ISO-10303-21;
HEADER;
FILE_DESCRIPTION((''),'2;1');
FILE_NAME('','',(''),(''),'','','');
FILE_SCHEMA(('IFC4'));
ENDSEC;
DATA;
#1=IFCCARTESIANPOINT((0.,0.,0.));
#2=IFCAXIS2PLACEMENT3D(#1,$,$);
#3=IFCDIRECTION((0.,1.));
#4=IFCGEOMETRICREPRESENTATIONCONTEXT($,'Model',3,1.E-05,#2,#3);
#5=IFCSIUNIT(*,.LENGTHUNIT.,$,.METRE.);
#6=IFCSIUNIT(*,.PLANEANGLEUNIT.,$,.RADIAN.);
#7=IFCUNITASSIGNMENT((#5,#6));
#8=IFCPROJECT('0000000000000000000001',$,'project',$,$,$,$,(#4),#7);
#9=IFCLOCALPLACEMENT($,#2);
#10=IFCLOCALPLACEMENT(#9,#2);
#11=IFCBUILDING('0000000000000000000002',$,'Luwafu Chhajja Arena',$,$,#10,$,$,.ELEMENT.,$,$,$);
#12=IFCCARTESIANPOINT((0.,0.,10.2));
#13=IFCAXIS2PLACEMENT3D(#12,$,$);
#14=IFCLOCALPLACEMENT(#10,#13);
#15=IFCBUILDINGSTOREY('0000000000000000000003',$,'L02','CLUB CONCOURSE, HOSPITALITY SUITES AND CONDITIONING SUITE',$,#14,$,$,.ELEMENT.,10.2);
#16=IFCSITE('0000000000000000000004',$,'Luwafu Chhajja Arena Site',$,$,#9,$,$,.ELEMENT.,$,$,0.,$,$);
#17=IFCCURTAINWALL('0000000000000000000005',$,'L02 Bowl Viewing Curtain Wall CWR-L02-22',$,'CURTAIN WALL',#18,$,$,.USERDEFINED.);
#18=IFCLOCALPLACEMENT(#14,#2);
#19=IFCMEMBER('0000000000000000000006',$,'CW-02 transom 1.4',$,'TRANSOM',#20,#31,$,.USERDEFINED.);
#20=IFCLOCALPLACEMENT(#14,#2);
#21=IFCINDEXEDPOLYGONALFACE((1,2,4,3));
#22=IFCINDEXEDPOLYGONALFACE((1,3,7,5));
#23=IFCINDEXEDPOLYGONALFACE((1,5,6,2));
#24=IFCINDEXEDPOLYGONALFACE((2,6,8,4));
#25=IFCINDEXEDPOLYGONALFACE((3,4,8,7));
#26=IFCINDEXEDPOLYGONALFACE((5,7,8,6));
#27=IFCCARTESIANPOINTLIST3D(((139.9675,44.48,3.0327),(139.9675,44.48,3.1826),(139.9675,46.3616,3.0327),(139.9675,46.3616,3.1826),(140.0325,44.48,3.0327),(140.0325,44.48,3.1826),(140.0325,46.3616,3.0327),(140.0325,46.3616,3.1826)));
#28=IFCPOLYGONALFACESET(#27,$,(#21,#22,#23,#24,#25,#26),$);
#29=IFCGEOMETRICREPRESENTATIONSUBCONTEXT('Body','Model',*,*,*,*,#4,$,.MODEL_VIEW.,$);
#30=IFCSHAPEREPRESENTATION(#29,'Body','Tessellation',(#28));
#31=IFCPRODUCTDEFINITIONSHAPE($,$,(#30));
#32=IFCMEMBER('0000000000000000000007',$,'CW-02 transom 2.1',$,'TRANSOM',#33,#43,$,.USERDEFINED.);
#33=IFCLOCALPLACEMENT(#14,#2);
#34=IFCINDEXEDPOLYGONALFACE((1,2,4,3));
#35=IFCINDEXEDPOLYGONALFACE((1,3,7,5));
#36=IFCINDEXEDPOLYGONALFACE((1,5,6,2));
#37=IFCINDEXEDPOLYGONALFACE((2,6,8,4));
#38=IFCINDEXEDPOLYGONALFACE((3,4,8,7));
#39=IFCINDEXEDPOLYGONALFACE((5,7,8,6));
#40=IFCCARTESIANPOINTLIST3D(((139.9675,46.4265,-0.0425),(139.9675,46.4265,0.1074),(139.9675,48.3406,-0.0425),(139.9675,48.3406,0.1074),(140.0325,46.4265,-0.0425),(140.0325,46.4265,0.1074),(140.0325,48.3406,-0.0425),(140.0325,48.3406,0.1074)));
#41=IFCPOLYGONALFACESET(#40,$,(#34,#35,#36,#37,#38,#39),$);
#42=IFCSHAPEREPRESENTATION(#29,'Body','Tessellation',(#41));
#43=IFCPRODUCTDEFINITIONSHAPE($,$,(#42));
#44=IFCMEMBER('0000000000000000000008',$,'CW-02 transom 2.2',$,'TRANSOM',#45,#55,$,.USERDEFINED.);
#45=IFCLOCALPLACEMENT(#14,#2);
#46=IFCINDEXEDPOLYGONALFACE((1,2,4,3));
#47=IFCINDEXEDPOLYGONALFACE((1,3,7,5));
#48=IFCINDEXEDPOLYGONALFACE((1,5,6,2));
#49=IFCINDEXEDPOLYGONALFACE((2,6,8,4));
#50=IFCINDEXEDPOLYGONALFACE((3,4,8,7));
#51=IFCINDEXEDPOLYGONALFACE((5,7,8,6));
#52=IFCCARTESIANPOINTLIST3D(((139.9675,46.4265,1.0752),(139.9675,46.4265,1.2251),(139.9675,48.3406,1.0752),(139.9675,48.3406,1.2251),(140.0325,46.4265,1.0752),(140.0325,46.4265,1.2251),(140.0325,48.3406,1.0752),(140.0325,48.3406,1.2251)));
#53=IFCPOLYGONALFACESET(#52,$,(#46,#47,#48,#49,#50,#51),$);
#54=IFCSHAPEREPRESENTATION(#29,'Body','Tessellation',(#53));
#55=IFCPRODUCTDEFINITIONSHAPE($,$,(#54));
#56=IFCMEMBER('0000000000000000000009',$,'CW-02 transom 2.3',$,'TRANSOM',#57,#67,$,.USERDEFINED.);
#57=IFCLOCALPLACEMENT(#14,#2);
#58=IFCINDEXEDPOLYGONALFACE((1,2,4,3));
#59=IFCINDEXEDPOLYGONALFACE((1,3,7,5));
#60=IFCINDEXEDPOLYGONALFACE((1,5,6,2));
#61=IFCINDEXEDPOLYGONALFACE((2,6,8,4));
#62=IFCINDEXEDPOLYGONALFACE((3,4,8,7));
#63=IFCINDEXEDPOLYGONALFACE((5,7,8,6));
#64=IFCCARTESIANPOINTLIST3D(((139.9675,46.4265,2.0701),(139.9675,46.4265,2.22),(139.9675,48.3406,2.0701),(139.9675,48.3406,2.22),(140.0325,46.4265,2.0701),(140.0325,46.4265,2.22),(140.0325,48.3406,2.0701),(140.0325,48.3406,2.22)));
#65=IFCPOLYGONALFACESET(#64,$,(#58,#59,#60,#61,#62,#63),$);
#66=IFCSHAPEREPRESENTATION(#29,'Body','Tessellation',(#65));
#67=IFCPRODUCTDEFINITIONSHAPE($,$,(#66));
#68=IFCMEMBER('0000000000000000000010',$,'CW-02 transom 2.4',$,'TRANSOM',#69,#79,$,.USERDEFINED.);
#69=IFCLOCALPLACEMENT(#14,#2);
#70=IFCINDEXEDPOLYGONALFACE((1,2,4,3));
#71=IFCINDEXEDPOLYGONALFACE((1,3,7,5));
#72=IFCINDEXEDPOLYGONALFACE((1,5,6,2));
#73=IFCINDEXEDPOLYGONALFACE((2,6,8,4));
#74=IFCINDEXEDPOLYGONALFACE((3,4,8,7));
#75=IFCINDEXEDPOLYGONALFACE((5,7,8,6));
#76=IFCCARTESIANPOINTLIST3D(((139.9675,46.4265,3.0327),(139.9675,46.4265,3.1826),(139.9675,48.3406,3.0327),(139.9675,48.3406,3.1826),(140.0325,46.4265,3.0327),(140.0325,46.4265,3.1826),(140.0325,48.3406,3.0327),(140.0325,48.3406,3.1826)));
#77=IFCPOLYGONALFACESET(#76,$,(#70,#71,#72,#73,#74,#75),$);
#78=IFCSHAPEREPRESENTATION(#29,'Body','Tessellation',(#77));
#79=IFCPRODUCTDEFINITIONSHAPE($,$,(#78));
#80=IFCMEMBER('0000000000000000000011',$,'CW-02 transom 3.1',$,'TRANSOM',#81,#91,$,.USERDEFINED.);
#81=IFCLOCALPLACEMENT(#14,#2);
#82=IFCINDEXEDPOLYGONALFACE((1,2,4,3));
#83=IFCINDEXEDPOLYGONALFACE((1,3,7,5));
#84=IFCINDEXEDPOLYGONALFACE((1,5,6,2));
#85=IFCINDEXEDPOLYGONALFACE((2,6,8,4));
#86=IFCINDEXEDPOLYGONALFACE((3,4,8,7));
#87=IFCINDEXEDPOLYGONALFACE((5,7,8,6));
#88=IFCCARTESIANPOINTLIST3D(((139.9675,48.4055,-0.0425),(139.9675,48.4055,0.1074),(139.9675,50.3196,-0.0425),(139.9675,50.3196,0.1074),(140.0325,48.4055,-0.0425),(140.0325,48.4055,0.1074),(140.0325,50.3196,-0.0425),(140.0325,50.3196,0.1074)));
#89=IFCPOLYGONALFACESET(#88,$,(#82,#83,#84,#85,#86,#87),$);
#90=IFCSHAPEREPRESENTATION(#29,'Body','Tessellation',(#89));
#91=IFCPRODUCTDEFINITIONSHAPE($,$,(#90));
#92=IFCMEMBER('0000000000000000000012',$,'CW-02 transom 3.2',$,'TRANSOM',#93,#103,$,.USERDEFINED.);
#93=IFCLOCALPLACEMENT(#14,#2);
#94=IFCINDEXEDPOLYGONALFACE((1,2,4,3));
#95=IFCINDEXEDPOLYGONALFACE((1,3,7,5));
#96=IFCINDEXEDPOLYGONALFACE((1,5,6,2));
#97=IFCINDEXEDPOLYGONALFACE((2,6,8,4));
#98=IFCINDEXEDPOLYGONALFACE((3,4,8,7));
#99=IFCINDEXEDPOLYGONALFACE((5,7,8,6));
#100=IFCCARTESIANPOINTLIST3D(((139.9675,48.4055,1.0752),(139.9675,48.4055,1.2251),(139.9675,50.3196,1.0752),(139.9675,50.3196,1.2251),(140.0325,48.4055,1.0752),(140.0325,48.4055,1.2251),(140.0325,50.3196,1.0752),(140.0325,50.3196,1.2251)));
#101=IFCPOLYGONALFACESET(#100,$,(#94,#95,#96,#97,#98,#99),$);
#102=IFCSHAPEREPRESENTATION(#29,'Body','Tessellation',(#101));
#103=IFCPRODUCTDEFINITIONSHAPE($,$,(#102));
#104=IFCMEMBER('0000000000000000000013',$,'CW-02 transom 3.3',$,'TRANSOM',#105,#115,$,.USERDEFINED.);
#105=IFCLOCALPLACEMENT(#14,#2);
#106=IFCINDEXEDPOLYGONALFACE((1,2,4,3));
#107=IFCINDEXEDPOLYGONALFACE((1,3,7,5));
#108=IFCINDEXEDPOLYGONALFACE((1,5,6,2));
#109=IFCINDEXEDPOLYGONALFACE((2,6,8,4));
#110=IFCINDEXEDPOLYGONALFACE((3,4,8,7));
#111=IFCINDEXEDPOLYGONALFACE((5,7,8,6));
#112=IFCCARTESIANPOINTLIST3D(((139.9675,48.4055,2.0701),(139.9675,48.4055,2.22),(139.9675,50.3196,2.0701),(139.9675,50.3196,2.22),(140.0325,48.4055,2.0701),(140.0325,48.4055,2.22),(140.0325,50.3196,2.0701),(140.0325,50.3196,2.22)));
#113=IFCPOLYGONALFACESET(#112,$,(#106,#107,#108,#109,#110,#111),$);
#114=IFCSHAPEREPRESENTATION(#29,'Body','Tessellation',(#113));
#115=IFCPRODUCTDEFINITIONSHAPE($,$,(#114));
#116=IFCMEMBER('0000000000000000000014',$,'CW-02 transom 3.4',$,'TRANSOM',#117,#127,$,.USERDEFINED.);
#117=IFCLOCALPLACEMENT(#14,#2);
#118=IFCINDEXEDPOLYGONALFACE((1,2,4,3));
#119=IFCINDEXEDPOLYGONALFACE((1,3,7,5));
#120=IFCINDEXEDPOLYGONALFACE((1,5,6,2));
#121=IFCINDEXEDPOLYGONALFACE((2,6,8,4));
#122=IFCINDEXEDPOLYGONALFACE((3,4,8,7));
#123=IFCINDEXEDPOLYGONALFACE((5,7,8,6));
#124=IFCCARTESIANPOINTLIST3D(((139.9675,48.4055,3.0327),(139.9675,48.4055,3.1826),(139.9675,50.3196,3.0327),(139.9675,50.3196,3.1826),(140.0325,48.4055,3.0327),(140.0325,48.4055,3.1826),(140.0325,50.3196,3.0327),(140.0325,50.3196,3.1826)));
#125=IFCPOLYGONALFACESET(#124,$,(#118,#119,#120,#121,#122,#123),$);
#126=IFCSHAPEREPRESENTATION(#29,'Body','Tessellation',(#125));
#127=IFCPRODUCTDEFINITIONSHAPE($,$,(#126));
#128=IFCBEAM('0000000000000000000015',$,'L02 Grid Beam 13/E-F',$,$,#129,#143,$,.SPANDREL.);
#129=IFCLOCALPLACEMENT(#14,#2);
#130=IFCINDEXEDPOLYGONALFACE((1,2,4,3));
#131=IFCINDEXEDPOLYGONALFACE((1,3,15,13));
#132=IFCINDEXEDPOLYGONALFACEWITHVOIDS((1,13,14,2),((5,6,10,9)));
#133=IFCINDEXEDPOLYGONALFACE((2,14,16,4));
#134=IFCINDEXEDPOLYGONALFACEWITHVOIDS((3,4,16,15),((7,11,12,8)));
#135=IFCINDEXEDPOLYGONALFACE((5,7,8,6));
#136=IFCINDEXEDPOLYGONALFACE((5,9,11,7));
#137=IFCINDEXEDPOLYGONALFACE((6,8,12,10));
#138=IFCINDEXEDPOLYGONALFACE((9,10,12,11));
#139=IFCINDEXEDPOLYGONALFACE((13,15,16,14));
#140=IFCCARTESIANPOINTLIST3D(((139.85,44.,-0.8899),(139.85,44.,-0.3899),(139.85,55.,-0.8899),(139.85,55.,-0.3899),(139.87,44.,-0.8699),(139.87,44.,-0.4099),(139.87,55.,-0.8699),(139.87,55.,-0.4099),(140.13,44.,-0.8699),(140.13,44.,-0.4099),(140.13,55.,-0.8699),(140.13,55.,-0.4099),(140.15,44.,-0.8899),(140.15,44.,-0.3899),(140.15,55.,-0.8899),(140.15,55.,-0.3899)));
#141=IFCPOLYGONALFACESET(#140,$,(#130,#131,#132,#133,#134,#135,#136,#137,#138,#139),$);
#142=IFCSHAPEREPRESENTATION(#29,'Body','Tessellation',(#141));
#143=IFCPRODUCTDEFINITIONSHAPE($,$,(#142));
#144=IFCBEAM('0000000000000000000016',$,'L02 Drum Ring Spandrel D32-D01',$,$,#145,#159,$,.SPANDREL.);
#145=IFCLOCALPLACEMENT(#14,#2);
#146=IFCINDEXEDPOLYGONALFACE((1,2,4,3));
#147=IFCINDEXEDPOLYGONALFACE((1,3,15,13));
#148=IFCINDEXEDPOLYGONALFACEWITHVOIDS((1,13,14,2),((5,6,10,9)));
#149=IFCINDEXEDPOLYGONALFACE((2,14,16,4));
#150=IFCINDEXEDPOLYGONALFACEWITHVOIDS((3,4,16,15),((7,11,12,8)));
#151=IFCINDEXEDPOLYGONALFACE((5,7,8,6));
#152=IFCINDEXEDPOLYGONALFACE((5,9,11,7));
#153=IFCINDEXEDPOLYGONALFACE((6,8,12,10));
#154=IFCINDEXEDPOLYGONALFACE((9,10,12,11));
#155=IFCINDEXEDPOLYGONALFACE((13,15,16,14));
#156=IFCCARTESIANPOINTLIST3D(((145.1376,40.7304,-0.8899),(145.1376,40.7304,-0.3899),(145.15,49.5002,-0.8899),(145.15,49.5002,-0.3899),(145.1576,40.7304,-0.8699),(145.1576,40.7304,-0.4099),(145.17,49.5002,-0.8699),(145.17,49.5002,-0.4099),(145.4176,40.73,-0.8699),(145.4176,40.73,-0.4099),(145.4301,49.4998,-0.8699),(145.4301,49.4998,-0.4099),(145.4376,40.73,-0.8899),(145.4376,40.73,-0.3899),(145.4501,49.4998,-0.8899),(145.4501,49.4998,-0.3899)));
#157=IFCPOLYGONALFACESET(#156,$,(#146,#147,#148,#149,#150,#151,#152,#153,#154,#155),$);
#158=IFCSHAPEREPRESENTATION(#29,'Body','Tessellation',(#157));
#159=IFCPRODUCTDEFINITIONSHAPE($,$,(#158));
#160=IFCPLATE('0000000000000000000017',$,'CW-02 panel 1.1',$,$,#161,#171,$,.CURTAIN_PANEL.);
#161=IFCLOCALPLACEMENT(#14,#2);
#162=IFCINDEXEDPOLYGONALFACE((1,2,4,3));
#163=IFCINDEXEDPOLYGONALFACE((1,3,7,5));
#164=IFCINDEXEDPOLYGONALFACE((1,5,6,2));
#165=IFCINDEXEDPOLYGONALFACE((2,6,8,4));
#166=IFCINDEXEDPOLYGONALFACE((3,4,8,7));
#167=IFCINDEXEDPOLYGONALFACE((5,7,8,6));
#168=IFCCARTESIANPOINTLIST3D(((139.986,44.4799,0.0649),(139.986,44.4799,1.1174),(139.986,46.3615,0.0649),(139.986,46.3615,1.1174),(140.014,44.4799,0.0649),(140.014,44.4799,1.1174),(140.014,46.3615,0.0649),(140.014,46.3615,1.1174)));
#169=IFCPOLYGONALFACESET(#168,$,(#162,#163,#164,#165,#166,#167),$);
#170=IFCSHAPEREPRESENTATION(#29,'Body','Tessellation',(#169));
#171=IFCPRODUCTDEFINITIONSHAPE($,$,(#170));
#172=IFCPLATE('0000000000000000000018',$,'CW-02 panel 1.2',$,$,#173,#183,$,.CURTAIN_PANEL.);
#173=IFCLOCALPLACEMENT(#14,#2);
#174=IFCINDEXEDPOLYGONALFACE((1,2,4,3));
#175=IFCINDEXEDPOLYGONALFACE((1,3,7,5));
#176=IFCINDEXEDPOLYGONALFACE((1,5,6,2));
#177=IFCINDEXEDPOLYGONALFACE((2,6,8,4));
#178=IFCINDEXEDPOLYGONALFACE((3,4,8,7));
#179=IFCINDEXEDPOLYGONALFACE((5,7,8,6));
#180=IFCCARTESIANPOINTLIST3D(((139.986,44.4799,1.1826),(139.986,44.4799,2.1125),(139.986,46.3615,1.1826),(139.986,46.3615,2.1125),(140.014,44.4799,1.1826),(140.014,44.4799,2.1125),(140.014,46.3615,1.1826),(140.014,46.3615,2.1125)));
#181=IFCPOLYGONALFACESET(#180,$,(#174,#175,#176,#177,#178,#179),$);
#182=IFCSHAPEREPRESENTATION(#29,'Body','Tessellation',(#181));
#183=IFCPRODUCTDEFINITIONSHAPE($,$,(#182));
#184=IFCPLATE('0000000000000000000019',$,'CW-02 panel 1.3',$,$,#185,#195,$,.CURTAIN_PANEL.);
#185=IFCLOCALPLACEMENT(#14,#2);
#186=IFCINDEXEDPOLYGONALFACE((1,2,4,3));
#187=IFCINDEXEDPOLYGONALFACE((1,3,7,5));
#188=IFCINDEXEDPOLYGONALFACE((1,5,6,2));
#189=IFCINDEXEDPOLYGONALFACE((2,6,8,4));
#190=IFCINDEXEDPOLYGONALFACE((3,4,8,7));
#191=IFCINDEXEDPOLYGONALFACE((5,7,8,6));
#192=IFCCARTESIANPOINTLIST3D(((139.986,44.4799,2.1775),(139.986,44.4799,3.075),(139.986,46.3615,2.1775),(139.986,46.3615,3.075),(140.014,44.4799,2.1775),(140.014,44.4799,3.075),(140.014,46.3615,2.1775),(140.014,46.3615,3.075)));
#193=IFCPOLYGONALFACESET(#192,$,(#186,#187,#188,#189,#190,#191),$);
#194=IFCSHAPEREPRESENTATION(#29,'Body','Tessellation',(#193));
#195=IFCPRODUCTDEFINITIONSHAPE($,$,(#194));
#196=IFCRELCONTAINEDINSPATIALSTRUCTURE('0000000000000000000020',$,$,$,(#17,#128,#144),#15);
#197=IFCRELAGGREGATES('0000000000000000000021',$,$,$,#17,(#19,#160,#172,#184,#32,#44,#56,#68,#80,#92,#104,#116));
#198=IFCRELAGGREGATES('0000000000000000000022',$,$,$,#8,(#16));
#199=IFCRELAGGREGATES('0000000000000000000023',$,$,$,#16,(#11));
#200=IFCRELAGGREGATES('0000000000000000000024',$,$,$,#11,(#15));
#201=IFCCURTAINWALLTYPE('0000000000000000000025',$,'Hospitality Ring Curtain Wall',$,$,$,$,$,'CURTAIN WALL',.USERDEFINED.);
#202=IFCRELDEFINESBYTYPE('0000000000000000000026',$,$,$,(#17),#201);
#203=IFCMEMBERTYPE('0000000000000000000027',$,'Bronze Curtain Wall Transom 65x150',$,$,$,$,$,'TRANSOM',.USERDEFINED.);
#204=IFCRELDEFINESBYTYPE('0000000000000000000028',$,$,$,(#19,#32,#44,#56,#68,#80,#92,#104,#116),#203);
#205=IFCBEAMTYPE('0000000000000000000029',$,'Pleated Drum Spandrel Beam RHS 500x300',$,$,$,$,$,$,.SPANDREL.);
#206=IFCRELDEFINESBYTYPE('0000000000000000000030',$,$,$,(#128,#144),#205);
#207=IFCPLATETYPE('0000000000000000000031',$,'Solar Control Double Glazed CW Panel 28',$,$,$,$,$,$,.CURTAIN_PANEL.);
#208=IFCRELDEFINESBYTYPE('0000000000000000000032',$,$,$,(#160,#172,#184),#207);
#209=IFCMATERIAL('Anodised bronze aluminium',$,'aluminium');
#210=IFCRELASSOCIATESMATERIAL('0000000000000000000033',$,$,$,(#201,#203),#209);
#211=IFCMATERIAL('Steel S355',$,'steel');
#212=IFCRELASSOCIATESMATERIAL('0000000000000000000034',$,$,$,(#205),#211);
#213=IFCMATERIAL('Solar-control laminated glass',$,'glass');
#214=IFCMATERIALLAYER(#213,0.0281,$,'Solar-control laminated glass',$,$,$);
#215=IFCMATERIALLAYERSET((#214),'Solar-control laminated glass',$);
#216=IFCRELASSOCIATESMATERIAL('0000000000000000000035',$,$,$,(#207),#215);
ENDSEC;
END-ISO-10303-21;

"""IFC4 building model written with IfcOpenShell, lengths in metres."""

from ifc_helpers import new_model, si_unit, direction, frame, origin, origin_2d, place, context, subcontext, project, spatial, rectangle, hollow_rectangle, extrude, material, layer, layer_set, material_profile, profile_set, type_object, element, aggregate, save


model = new_model("IFC4")

# Units and contexts
model_context = context("Model", 3, precision=1e-05, world=origin(), true_north=direction((0.0, 1.0)))
body_context = subcontext(model_context, "Body", "Model", "MODEL_VIEW")
ifc_project = project(units=[si_unit("LENGTHUNIT", "METRE"), si_unit("PLANEANGLEUNIT", "RADIAN")], contexts=[model_context])

# Site, building, storey
site_placement = place(None, origin())
site = spatial("IfcSite", under=ifc_project, at=site_placement, Name="Luwafu Chhajja Arena Site", CompositionType="ELEMENT", RefElevation=0.0)
building_placement = place(site_placement, origin())
building = spatial("IfcBuilding", under=site, at=building_placement, Name="Luwafu Chhajja Arena", CompositionType="ELEMENT")
storey_placement = place(building_placement, frame((0.0, 0.0, 10.2)))
storey = spatial("IfcBuildingStorey", under=building, at=storey_placement, Name="L02", Description="CLUB CONCOURSE, HOSPITALITY SUITES AND CONDITIONING SUITE", CompositionType="ELEMENT", Elevation=10.2)

# Shared definitions
ifc_material_1 = material(Name="Steel S355", Category="steel")

# Curtain wall, members
ifc_material_2 = material(Name="Anodised bronze aluminium", Category="aluminium")
curtain_wall_type = type_object("IfcCurtainWallType", Name="Hospitality Ring Curtain Wall", ElementType="CURTAIN WALL", PredefinedType="USERDEFINED", material=ifc_material_2)
curtain_wall_placement = place(storey_placement, origin())
curtain_wall = element("IfcCurtainWall", 1, at=curtain_wall_placement, inside=storey, type_object=curtain_wall_type, Name="L02 Bowl Viewing Curtain Wall CWR-L02-22", ObjectType="CURTAIN WALL", PredefinedType="USERDEFINED")
ifc_material_profile_1 = material_profile(ifc_material_2, rectangle(XDim=0.0649, YDim=0.1499, at=origin_2d()), Name="CWT 65x150")
ifc_profile_set_1 = profile_set([ifc_material_profile_1], Name="Anodised bronze aluminium")
member_type_1 = type_object("IfcMemberType", Name="Bronze Curtain Wall Transom 65x150", ElementType="TRANSOM", PredefinedType="USERDEFINED", material=ifc_profile_set_1)
member_1_placement = place(storey_placement, frame((140.0, 44.48, 3.1077), z_axis=(0.0, 1.0, 0.0), x_axis=(-1.0, 0.0, 0.0)))
member_1 = element("IfcMember", 2, at=member_1_placement, type_object=member_type_1, Name="CW-02 transom 1.4", ObjectType="TRANSOM", PredefinedType="USERDEFINED", context=body_context, shape_type="SweptSolid", body=[
    extrude(rectangle(XDim=0.0649, YDim=0.1499, at=origin_2d()), origin(), (0.0, 0.0, 1.0), 1.8816),
])
member_2_placement = place(storey_placement, frame((140.0, 46.4265, 0.0325), z_axis=(0.0, 1.0, 0.0), x_axis=(-1.0, 0.0, 0.0)))
member_2 = element("IfcMember", 3, at=member_2_placement, type_object=member_type_1, Name="CW-02 transom 2.1", ObjectType="TRANSOM", PredefinedType="USERDEFINED", context=body_context, shape_type="SweptSolid", body=[
    extrude(rectangle(XDim=0.0649, YDim=0.1499, at=origin_2d()), origin(), (0.0, 0.0, 1.0), 1.9141),
])
member_3_placement = place(storey_placement, frame((140.0, 46.4265, 1.1501), z_axis=(0.0, 1.0, 0.0), x_axis=(-1.0, 0.0, 0.0)))
member_3 = element("IfcMember", 4, at=member_3_placement, type_object=member_type_1, Name="CW-02 transom 2.2", ObjectType="TRANSOM", PredefinedType="USERDEFINED", context=body_context, shape_type="SweptSolid", body=[
    extrude(rectangle(XDim=0.0649, YDim=0.1499, at=origin_2d()), origin(), (0.0, 0.0, 1.0), 1.9141),
])
member_4_placement = place(storey_placement, frame((140.0, 46.4265, 2.145), z_axis=(0.0, 1.0, 0.0), x_axis=(-1.0, 0.0, 0.0)))
member_4 = element("IfcMember", 5, at=member_4_placement, type_object=member_type_1, Name="CW-02 transom 2.3", ObjectType="TRANSOM", PredefinedType="USERDEFINED", context=body_context, shape_type="SweptSolid", body=[
    extrude(rectangle(XDim=0.0649, YDim=0.1499, at=origin_2d()), origin(), (0.0, 0.0, 1.0), 1.9141),
])
member_5_placement = place(storey_placement, frame((140.0, 46.4265, 3.1077), z_axis=(0.0, 1.0, 0.0), x_axis=(-1.0, 0.0, 0.0)))
member_5 = element("IfcMember", 6, at=member_5_placement, type_object=member_type_1, Name="CW-02 transom 2.4", ObjectType="TRANSOM", PredefinedType="USERDEFINED", context=body_context, shape_type="SweptSolid", body=[
    extrude(rectangle(XDim=0.0649, YDim=0.1499, at=origin_2d()), origin(), (0.0, 0.0, 1.0), 1.9141),
])
member_6_placement = place(storey_placement, frame((140.0, 48.4055, 0.0325), z_axis=(0.0, 1.0, 0.0), x_axis=(-1.0, 0.0, 0.0)))
member_6 = element("IfcMember", 7, at=member_6_placement, type_object=member_type_1, Name="CW-02 transom 3.1", ObjectType="TRANSOM", PredefinedType="USERDEFINED", context=body_context, shape_type="SweptSolid", body=[
    extrude(rectangle(XDim=0.0649, YDim=0.1499, at=origin_2d()), origin(), (0.0, 0.0, 1.0), 1.9141),
])
member_7_placement = place(storey_placement, frame((140.0, 48.4055, 1.1501), z_axis=(0.0, 1.0, 0.0), x_axis=(-1.0, 0.0, 0.0)))
member_7 = element("IfcMember", 8, at=member_7_placement, type_object=member_type_1, Name="CW-02 transom 3.2", ObjectType="TRANSOM", PredefinedType="USERDEFINED", context=body_context, shape_type="SweptSolid", body=[
    extrude(rectangle(XDim=0.0649, YDim=0.1499, at=origin_2d()), origin(), (0.0, 0.0, 1.0), 1.9141),
])
member_8_placement = place(storey_placement, frame((140.0, 48.4055, 2.145), z_axis=(0.0, 1.0, 0.0), x_axis=(-1.0, 0.0, 0.0)))
member_8 = element("IfcMember", 9, at=member_8_placement, type_object=member_type_1, Name="CW-02 transom 3.3", ObjectType="TRANSOM", PredefinedType="USERDEFINED", context=body_context, shape_type="SweptSolid", body=[
    extrude(rectangle(XDim=0.0649, YDim=0.1499, at=origin_2d()), origin(), (0.0, 0.0, 1.0), 1.9141),
])
member_9_placement = place(storey_placement, frame((140.0, 48.4055, 3.1077), z_axis=(0.0, 1.0, 0.0), x_axis=(-1.0, 0.0, 0.0)))
member_9 = element("IfcMember", 10, at=member_9_placement, type_object=member_type_1, Name="CW-02 transom 3.4", ObjectType="TRANSOM", PredefinedType="USERDEFINED", context=body_context, shape_type="SweptSolid", body=[
    extrude(rectangle(XDim=0.0649, YDim=0.1499, at=origin_2d()), origin(), (0.0, 0.0, 1.0), 1.9141),
])

# Beams
ifc_material_profile_2 = material_profile(ifc_material_1, hollow_rectangle(XDim=0.3, YDim=0.5, WallThickness=0.02, at=origin_2d()), Name="RHS 500x300x20")
ifc_profile_set_2 = profile_set([ifc_material_profile_2], Name="Steel S355")
beam_type = type_object("IfcBeamType", Name="Pleated Drum Spandrel Beam RHS 500x300", PredefinedType="SPANDREL", material=ifc_profile_set_2)
beam_1_placement = place(storey_placement, frame((140.0, 44.0, -0.6399), z_axis=(0.0, 1.0, 0.0), x_axis=(-1.0, 0.0, 0.0)))
element("IfcBeam", 11, at=beam_1_placement, inside=storey, type_object=beam_type, Name="L02 Grid Beam 13/E-F", PredefinedType="SPANDREL", context=body_context, shape_type="SweptSolid", body=[
    extrude(hollow_rectangle(XDim=0.3, YDim=0.5, WallThickness=0.02, at=origin_2d()), origin(), (0.0, 0.0, 1.0), 11.0),
])
beam_2_placement = place(storey_placement, frame((145.2876, 40.7302, -0.6399), z_axis=(0.00142, 0.999999, 0.0), x_axis=(-0.999999, 0.00142, 0.0)))
element("IfcBeam", 12, at=beam_2_placement, inside=storey, type_object=beam_type, Name="L02 Drum Ring Spandrel D32-D01", PredefinedType="SPANDREL", context=body_context, shape_type="SweptSolid", body=[
    extrude(hollow_rectangle(XDim=0.3, YDim=0.5, WallThickness=0.02, at=origin_2d()), origin(), (0.0, 0.0, 1.0), 8.7698),
])

# Plates
ifc_material_3 = material(Name="Solar-control laminated glass", Category="glass")
ifc_layer = layer(ifc_material_3, 0.0281, Name="Solar-control laminated glass")
ifc_layer_set = layer_set([ifc_layer], Name="Solar-control laminated glass")
plate_type = type_object("IfcPlateType", Name="Solar Control Double Glazed CW Panel 28", PredefinedType="CURTAIN_PANEL", material=ifc_layer_set)
plate_1_placement = place(storey_placement, frame((140.0, 45.4207, 0.0649), z_axis=(0.0, 0.0, 1.0), x_axis=(0.0, 1.0, 0.0)))
plate_1 = element("IfcPlate", 13, at=plate_1_placement, type_object=plate_type, Name="CW-02 panel 1.1", PredefinedType="CURTAIN_PANEL", context=body_context, shape_type="SweptSolid", body=[
    extrude(rectangle(XDim=1.8816, YDim=0.0281, at=origin_2d()), origin(), (0.0, 0.0, 1.0), 1.0525),
])
plate_2_placement = place(storey_placement, frame((140.0, 45.4207, 1.1826), z_axis=(0.0, 0.0, 1.0), x_axis=(0.0, 1.0, 0.0)))
plate_2 = element("IfcPlate", 14, at=plate_2_placement, type_object=plate_type, Name="CW-02 panel 1.2", PredefinedType="CURTAIN_PANEL", context=body_context, shape_type="SweptSolid", body=[
    extrude(rectangle(XDim=1.8816, YDim=0.0281, at=origin_2d()), origin(), (0.0, 0.0, 1.0), 0.9299),
])
plate_3_placement = place(storey_placement, frame((140.0, 45.4207, 2.1775), z_axis=(0.0, 0.0, 1.0), x_axis=(0.0, 1.0, 0.0)))
plate_3 = element("IfcPlate", 15, at=plate_3_placement, type_object=plate_type, Name="CW-02 panel 1.3", PredefinedType="CURTAIN_PANEL", context=body_context, shape_type="SweptSolid", body=[
    extrude(rectangle(XDim=1.8816, YDim=0.0281, at=origin_2d()), origin(), (0.0, 0.0, 1.0), 0.8975),
])
aggregate(curtain_wall, [member_1, plate_1, plate_2, plate_3, member_2, member_3, member_4, member_5, member_6, member_7, member_8, member_9])

save(model, "model.ifc")
